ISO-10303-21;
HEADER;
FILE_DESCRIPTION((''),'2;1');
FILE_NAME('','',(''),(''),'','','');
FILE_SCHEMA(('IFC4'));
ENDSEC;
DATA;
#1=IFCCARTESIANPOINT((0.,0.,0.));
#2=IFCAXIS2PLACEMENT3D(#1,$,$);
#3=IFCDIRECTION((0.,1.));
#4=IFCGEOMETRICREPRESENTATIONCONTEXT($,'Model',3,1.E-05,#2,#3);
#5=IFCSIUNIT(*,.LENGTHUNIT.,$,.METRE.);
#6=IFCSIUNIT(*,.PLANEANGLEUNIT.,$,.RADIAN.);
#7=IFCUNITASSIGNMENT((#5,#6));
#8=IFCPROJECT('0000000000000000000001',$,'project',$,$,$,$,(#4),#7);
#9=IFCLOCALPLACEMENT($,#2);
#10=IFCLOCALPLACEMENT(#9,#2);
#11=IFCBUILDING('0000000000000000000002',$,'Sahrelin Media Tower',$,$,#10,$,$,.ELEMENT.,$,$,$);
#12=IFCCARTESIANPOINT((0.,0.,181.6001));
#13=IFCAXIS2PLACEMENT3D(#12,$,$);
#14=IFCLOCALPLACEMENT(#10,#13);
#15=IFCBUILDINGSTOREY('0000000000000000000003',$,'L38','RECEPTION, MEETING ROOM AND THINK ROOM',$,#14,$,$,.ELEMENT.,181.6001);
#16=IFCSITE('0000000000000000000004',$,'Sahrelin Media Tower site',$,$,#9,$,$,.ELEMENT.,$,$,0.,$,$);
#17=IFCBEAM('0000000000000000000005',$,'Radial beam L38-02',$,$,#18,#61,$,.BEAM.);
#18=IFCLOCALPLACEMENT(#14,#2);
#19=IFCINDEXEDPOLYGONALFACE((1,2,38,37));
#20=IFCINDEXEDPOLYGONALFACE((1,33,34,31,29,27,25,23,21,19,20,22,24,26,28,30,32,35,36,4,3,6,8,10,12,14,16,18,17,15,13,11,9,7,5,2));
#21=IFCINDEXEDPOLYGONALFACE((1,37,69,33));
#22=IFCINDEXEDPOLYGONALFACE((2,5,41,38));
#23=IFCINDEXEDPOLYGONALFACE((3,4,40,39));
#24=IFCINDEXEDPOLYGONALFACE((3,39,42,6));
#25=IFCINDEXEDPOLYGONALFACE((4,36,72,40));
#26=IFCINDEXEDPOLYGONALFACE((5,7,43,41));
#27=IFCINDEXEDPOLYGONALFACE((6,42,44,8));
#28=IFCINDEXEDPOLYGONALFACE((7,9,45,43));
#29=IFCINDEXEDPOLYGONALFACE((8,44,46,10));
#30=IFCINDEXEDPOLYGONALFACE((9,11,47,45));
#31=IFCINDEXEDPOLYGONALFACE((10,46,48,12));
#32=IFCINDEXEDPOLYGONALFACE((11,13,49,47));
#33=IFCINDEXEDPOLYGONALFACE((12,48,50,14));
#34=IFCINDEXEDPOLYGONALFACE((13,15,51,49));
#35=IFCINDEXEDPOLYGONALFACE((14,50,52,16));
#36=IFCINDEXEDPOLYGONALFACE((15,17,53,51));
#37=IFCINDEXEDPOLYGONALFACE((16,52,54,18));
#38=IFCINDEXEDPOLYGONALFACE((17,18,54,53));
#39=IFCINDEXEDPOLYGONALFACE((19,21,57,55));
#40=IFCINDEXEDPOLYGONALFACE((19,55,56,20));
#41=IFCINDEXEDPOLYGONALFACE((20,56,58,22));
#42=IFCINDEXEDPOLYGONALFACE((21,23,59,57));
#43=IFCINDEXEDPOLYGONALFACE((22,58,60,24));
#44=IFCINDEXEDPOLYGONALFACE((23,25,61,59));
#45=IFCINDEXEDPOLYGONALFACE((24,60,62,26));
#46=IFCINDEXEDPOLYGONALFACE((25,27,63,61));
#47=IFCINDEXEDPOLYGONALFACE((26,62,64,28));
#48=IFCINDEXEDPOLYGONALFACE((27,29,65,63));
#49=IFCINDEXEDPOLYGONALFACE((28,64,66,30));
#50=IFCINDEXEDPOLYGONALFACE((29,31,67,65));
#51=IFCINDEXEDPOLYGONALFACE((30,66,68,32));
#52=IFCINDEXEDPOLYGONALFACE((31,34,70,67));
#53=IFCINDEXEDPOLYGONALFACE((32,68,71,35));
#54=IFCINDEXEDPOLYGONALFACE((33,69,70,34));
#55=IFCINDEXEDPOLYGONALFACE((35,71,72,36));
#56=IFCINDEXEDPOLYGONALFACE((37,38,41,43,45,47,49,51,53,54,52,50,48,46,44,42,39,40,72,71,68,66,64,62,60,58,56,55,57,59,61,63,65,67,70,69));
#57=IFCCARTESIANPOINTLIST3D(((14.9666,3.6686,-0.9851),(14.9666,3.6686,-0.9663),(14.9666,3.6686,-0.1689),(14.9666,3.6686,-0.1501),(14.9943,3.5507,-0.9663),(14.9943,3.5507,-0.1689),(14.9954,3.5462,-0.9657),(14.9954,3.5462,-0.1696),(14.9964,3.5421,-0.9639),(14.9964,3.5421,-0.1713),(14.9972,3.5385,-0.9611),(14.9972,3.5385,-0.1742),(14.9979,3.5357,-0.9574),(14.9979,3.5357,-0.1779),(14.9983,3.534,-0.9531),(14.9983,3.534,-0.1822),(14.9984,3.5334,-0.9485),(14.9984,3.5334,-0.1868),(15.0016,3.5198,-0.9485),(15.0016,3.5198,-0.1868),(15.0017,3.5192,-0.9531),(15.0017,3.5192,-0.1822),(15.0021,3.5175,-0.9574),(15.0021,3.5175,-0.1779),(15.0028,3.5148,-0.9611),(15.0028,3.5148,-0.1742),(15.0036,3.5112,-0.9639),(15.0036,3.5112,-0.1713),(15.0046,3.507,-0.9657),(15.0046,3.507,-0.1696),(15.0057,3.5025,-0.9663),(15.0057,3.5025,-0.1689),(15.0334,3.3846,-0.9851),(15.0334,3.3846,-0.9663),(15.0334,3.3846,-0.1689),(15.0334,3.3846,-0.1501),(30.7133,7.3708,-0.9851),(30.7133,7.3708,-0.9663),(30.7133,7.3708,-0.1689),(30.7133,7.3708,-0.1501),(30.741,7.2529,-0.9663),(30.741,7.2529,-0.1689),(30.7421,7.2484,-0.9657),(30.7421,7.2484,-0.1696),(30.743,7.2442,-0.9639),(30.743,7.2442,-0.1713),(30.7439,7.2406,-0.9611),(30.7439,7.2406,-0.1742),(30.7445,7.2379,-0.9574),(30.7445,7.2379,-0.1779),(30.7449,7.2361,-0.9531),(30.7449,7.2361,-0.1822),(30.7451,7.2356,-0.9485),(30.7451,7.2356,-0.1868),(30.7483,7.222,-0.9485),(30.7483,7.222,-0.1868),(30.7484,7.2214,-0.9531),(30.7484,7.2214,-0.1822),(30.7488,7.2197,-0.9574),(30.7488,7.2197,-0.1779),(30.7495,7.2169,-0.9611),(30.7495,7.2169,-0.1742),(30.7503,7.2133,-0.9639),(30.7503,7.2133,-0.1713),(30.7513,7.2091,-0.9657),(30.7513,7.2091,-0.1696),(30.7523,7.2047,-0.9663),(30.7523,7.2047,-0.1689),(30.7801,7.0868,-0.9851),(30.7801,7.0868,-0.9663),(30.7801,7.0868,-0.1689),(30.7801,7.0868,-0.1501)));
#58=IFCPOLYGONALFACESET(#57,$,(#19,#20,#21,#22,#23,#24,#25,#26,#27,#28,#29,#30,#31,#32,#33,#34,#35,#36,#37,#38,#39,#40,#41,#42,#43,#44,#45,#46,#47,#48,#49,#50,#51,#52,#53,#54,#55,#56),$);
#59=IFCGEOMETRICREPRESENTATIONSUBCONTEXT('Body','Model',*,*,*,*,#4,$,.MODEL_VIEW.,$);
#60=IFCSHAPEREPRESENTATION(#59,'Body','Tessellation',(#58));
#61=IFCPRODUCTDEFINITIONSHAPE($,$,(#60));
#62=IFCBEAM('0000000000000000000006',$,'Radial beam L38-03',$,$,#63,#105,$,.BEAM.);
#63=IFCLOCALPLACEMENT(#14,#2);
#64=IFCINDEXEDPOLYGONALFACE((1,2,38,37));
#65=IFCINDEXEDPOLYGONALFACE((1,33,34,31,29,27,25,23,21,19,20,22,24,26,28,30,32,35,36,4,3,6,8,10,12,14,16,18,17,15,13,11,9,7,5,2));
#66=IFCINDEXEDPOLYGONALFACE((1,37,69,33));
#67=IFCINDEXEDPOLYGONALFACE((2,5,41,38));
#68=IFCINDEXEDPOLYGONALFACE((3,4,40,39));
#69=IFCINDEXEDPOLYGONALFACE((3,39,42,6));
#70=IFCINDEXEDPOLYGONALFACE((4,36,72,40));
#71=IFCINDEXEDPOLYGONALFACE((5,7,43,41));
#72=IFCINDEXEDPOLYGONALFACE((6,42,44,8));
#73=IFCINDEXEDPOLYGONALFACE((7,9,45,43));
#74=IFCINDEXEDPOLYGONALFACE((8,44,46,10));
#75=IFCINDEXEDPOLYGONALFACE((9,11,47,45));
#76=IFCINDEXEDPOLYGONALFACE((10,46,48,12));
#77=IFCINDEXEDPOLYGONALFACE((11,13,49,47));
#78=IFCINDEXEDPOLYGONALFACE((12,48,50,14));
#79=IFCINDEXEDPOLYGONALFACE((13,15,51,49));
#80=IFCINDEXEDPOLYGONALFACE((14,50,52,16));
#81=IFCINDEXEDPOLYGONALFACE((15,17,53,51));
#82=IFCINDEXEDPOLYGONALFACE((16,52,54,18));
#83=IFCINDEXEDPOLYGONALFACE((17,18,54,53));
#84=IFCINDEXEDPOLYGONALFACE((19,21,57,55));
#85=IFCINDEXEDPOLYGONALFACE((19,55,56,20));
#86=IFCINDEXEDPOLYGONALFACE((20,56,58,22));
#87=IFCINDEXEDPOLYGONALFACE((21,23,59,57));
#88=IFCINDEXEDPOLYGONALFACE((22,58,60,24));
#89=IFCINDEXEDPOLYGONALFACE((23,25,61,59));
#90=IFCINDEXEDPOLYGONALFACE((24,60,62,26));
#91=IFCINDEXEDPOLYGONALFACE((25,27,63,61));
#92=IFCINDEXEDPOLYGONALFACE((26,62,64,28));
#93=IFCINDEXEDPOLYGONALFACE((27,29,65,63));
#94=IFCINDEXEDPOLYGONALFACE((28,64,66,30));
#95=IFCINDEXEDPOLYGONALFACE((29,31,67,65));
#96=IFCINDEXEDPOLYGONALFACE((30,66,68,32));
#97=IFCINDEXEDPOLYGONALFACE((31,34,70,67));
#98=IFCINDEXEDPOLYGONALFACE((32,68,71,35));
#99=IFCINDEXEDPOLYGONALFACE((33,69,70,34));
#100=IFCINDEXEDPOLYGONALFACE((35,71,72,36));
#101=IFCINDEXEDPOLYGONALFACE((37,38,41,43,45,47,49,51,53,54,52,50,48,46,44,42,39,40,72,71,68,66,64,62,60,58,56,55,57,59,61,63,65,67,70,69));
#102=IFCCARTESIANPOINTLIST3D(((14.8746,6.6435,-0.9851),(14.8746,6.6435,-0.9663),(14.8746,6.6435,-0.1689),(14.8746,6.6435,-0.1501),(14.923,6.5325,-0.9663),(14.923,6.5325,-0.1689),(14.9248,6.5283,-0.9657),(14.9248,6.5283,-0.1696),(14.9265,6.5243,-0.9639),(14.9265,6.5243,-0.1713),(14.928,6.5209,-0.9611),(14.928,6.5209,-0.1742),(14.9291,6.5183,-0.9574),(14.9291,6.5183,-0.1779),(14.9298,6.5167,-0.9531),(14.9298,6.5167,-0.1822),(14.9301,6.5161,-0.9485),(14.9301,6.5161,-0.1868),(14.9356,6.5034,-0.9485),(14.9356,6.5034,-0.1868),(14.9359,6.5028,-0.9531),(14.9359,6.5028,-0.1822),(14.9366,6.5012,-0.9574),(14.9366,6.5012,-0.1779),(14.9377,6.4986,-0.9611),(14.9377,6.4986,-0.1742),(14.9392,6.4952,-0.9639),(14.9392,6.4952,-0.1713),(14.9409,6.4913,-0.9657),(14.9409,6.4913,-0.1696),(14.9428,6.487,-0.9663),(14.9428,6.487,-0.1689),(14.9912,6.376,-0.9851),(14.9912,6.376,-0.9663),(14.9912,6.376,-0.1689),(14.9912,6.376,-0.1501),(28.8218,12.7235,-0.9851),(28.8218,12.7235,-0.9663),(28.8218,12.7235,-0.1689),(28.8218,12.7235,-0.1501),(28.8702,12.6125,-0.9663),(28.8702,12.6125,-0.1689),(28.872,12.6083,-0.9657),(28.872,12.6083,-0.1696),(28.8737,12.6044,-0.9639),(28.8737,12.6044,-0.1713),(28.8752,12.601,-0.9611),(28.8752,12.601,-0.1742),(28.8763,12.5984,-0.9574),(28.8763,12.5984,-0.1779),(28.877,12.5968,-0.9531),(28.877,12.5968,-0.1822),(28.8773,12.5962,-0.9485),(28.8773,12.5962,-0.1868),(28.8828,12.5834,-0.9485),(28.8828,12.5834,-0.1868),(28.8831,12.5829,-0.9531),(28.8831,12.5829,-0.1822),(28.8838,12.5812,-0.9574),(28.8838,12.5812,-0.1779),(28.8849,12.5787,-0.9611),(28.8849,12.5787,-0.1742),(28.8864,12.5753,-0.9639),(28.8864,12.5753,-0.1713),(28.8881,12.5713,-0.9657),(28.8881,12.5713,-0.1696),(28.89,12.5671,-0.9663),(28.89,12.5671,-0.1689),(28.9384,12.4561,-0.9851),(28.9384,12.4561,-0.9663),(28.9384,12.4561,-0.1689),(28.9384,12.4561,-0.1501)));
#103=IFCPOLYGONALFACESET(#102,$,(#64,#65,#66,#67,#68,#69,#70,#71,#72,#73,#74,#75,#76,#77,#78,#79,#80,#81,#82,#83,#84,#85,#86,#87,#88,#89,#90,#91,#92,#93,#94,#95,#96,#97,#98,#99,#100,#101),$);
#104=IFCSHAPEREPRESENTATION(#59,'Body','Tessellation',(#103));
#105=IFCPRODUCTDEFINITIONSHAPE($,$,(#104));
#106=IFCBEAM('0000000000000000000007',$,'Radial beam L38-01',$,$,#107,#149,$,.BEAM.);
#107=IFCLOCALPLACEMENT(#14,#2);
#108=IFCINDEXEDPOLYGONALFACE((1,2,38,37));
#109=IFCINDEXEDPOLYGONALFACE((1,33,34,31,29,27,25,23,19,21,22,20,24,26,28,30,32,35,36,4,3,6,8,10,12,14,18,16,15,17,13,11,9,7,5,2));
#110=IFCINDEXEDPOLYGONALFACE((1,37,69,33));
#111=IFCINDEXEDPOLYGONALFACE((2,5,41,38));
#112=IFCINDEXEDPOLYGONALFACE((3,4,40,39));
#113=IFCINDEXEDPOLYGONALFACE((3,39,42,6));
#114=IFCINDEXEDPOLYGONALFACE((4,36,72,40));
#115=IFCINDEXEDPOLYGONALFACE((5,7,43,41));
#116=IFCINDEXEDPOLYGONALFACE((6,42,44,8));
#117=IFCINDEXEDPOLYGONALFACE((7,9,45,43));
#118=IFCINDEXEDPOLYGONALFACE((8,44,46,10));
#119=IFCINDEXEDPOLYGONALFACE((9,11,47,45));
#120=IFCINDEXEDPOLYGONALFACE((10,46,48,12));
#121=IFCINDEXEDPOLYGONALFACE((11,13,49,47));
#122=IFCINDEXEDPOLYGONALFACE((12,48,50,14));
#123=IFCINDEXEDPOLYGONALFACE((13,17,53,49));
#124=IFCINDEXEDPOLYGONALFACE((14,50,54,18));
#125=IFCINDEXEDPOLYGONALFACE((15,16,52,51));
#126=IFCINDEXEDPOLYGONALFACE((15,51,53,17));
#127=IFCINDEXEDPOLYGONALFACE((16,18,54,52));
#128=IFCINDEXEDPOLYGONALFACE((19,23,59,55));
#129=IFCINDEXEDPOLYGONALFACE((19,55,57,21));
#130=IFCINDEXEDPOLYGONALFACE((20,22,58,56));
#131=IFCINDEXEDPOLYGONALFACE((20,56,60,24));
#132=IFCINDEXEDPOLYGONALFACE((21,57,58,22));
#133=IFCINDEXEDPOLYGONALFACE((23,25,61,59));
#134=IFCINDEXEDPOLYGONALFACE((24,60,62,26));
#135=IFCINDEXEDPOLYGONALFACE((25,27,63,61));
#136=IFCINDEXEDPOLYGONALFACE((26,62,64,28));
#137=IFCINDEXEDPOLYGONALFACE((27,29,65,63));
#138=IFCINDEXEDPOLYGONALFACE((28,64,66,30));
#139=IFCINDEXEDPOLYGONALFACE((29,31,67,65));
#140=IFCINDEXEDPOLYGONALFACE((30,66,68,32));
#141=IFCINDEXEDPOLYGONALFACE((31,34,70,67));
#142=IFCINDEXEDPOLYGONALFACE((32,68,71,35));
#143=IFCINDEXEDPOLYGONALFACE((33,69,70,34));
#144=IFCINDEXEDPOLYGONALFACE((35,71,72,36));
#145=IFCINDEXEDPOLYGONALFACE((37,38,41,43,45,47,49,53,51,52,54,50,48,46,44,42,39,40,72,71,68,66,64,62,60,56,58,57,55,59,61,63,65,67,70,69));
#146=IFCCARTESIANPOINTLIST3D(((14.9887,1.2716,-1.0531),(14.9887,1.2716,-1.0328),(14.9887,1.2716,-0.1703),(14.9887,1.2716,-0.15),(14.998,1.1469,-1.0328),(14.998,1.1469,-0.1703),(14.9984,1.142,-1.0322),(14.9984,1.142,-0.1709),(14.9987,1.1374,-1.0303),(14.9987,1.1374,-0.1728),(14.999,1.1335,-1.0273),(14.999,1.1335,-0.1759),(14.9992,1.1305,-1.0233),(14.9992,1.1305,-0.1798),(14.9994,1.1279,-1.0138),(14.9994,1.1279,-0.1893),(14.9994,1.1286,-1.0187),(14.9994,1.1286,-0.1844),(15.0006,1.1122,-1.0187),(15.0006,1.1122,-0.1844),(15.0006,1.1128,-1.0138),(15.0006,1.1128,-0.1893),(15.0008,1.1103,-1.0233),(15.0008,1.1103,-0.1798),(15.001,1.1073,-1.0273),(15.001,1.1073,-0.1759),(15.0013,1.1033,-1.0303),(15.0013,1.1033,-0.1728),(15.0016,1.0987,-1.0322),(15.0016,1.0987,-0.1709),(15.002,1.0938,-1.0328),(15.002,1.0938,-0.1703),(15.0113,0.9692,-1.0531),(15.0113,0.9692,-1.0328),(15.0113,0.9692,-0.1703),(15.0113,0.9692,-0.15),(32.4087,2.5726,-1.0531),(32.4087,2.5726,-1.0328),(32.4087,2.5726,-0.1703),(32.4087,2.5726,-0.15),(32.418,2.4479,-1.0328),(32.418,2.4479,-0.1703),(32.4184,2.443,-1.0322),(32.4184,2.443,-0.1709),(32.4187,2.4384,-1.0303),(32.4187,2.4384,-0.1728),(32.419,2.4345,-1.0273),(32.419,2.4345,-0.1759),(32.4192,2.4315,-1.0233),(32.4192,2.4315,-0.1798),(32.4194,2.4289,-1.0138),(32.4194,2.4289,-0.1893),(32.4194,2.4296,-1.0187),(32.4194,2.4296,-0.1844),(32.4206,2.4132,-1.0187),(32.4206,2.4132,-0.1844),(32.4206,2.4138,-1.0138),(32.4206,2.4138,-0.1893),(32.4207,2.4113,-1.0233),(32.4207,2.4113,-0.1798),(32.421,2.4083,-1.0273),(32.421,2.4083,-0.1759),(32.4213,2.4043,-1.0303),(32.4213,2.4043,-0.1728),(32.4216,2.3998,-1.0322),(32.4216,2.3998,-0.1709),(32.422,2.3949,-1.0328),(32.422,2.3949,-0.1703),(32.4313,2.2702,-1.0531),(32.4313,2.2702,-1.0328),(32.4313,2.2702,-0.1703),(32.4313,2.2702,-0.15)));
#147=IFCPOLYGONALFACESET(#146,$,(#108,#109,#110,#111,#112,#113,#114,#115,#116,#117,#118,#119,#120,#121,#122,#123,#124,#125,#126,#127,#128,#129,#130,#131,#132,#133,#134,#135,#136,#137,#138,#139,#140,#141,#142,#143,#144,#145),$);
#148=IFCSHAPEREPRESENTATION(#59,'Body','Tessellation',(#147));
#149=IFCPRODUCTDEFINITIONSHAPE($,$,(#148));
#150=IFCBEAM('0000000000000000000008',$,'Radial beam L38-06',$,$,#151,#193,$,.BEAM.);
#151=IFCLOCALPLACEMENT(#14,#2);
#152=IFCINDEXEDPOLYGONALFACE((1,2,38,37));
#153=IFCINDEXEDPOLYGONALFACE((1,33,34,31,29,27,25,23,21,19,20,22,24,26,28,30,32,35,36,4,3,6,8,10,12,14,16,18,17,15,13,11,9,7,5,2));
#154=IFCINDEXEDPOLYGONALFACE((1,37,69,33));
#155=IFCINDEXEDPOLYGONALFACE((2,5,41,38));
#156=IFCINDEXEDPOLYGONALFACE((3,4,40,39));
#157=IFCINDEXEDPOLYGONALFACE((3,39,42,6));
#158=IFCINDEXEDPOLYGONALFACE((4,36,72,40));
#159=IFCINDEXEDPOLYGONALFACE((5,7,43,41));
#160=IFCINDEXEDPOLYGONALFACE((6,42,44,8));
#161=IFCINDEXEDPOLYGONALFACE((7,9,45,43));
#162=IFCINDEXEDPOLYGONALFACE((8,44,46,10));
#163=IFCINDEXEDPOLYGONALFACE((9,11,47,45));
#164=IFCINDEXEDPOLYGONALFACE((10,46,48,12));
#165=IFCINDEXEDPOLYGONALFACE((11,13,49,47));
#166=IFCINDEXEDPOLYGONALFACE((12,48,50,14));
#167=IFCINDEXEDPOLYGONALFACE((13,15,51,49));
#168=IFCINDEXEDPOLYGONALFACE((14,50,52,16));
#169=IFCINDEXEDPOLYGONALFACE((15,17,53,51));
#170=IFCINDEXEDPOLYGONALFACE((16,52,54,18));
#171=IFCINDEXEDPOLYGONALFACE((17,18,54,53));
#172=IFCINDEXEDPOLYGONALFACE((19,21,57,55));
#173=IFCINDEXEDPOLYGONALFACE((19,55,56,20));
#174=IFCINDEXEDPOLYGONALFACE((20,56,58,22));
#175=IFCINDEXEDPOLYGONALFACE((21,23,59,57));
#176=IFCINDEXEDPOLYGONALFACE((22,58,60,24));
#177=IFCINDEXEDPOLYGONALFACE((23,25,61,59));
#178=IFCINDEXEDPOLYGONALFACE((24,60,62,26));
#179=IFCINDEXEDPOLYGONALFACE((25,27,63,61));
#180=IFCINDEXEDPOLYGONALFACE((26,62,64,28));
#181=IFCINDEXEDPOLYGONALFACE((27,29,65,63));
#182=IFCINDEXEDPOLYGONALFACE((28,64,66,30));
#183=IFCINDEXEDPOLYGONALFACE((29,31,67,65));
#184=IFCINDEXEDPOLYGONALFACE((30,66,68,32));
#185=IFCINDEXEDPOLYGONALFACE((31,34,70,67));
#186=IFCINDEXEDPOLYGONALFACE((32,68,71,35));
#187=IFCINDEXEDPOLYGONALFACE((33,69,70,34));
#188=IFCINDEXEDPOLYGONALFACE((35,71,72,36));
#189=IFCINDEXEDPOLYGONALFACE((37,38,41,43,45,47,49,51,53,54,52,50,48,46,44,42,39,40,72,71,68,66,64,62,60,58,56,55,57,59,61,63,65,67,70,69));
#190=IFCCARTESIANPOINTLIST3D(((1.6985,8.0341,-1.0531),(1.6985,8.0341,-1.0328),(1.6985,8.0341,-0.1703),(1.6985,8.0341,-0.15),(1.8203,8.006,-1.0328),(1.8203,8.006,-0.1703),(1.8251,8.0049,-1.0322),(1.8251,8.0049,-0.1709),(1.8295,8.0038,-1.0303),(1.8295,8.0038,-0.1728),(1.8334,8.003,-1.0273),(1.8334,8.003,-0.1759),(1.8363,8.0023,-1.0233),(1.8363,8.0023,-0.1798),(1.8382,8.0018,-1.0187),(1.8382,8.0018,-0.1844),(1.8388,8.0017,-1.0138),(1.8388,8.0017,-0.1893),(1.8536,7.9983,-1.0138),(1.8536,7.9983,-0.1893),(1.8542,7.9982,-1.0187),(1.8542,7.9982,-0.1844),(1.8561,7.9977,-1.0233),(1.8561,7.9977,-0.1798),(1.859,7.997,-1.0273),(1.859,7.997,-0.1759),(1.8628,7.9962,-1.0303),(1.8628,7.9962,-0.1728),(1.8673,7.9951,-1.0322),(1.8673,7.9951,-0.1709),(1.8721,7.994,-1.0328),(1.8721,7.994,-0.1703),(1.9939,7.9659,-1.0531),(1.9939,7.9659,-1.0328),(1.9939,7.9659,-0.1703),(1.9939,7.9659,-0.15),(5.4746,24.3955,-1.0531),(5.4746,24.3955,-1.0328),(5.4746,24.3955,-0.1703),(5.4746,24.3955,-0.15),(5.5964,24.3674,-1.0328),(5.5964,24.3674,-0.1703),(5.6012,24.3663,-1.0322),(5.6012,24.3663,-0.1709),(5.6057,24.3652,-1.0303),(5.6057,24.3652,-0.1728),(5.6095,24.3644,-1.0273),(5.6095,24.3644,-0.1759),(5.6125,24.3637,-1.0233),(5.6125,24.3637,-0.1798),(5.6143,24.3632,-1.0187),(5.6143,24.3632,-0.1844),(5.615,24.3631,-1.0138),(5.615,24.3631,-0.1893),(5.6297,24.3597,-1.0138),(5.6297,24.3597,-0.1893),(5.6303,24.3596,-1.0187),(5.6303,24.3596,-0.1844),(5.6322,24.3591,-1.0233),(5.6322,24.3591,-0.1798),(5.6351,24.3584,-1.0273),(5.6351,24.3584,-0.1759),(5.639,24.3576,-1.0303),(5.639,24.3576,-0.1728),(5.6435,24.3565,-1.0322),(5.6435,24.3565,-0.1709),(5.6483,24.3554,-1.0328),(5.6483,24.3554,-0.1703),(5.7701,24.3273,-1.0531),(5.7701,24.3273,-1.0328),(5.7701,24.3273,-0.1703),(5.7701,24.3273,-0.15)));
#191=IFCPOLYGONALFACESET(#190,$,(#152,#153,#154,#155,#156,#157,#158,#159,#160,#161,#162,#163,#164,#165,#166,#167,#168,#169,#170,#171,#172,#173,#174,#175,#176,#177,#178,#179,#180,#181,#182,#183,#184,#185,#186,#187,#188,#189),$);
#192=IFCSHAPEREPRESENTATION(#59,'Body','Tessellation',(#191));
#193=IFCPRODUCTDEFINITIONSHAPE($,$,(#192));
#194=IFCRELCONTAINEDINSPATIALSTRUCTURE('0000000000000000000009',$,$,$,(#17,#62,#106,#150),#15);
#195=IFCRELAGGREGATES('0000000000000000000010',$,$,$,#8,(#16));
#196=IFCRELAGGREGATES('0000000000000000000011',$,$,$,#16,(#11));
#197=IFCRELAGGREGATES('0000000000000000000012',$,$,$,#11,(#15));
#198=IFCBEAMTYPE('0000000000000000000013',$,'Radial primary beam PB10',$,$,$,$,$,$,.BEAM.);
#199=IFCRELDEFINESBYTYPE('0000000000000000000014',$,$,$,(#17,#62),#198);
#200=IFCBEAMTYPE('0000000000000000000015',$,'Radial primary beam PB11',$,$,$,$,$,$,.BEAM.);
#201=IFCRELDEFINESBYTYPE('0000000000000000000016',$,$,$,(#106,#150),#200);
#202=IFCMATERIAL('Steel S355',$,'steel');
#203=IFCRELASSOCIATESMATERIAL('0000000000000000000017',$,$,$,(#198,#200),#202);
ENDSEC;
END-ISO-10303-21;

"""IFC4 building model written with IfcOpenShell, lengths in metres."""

from ifc_helpers import new_model, si_unit, direction, frame, origin, origin_2d, place, context, subcontext, project, spatial, i_section, extrude, material, material_profile, profile_set, type_object, element, save


model = new_model("IFC4")

# Units and contexts
model_context = context("Model", 3, precision=1e-05, world=origin(), true_north=direction((0.0, 1.0)))
body_context = subcontext(model_context, "Body", "Model", "MODEL_VIEW")
ifc_project = project(units=[si_unit("LENGTHUNIT", "METRE"), si_unit("PLANEANGLEUNIT", "RADIAN")], contexts=[model_context])

# Site, building, storey
site_placement = place(None, origin())
site = spatial("IfcSite", under=ifc_project, at=site_placement, Name="Sahrelin Media Tower site", CompositionType="ELEMENT", RefElevation=0.0)
building_placement = place(site_placement, origin())
building = spatial("IfcBuilding", under=site, at=building_placement, Name="Sahrelin Media Tower", CompositionType="ELEMENT")
storey_placement = place(building_placement, frame((0.0, 0.0, 181.6001)))
storey = spatial("IfcBuildingStorey", under=building, at=storey_placement, Name="L38", Description="RECEPTION, MEETING ROOM AND THINK ROOM", CompositionType="ELEMENT", Elevation=181.6001)

# Beams
ifc_material_1 = material(Name="Steel S355", Category="steel")
ifc_material_profile_1 = material_profile(ifc_material_1, i_section(OverallWidth=0.2917, OverallDepth=0.835, WebThickness=0.0139, FlangeThickness=0.0188, FilletRadius=0.0178, at=origin_2d()), Name="UB 838x292x176")
ifc_profile_set_1 = profile_set([ifc_material_profile_1], Name="Steel S355")
beam_type_1 = type_object("IfcBeamType", Name="Radial primary beam PB10", PredefinedType="BEAM", material=ifc_profile_set_1)
beam_1_placement = place(storey_placement, frame((15.0, 3.5266, -0.5676), z_axis=(0.973458, 0.228868, 0.0), x_axis=(-0.228868, 0.973458, 0.0)))
element("IfcBeam", 1, at=beam_1_placement, inside=storey, type_object=beam_type_1, Name="Radial beam L38-02", PredefinedType="BEAM", context=body_context, shape_type="SweptSolid", body=[
    extrude(i_section(OverallWidth=0.2917, OverallDepth=0.835, WebThickness=0.0139, FlangeThickness=0.0188, FilletRadius=0.0178, at=origin_2d()), origin(), (0.0, 0.0, 1.0), 16.176),
])
beam_2_placement = place(storey_placement, frame((14.9329, 6.5098, -0.5676), z_axis=(0.916684, 0.399613, 0.0), x_axis=(-0.399613, 0.916684, 0.0)))
element("IfcBeam", 2, at=beam_2_placement, inside=storey, type_object=beam_type_1, Name="Radial beam L38-03", PredefinedType="BEAM", context=body_context, shape_type="SweptSolid", body=[
    extrude(i_section(OverallWidth=0.2917, OverallDepth=0.835, WebThickness=0.0139, FlangeThickness=0.0188, FilletRadius=0.0178, at=origin_2d()), origin(), (0.0, 0.0, 1.0), 15.2148),
])
ifc_material_profile_2 = material_profile(ifc_material_1, i_section(OverallWidth=0.3032, OverallDepth=0.9031, WebThickness=0.0151, FlangeThickness=0.0203, FilletRadius=0.019, at=origin_2d()), Name="UB 914x305x201")
ifc_profile_set_2 = profile_set([ifc_material_profile_2], Name="Steel S355")
beam_type_2 = type_object("IfcBeamType", Name="Radial primary beam PB11", PredefinedType="BEAM", material=ifc_profile_set_2)
beam_3_placement = place(storey_placement, frame((15.0, 1.1204, -0.6016), z_axis=(0.997223, 0.074479, 0.0), x_axis=(-0.074479, 0.997223, 0.0)))
element("IfcBeam", 3, at=beam_3_placement, inside=storey, type_object=beam_type_2, Name="Radial beam L38-01", PredefinedType="BEAM", context=body_context, shape_type="SweptSolid", body=[
    extrude(i_section(OverallWidth=0.3032, OverallDepth=0.9031, WebThickness=0.0151, FlangeThickness=0.0203, FilletRadius=0.019, at=origin_2d()), origin(), (0.0, 0.0, 1.0), 17.4685),
])
beam_4_placement = place(storey_placement, frame((1.8462, 8.0, -0.6016), z_axis=(0.224884, 0.974386, 0.0), x_axis=(-0.974386, 0.224884, 0.0)))
element("IfcBeam", 4, at=beam_4_placement, inside=storey, type_object=beam_type_2, Name="Radial beam L38-06", PredefinedType="BEAM", context=body_context, shape_type="SweptSolid", body=[
    extrude(i_section(OverallWidth=0.3032, OverallDepth=0.9031, WebThickness=0.0151, FlangeThickness=0.0203, FilletRadius=0.019, at=origin_2d()), origin(), (0.0, 0.0, 1.0), 16.7915),
])

save(model, "model.ifc")
